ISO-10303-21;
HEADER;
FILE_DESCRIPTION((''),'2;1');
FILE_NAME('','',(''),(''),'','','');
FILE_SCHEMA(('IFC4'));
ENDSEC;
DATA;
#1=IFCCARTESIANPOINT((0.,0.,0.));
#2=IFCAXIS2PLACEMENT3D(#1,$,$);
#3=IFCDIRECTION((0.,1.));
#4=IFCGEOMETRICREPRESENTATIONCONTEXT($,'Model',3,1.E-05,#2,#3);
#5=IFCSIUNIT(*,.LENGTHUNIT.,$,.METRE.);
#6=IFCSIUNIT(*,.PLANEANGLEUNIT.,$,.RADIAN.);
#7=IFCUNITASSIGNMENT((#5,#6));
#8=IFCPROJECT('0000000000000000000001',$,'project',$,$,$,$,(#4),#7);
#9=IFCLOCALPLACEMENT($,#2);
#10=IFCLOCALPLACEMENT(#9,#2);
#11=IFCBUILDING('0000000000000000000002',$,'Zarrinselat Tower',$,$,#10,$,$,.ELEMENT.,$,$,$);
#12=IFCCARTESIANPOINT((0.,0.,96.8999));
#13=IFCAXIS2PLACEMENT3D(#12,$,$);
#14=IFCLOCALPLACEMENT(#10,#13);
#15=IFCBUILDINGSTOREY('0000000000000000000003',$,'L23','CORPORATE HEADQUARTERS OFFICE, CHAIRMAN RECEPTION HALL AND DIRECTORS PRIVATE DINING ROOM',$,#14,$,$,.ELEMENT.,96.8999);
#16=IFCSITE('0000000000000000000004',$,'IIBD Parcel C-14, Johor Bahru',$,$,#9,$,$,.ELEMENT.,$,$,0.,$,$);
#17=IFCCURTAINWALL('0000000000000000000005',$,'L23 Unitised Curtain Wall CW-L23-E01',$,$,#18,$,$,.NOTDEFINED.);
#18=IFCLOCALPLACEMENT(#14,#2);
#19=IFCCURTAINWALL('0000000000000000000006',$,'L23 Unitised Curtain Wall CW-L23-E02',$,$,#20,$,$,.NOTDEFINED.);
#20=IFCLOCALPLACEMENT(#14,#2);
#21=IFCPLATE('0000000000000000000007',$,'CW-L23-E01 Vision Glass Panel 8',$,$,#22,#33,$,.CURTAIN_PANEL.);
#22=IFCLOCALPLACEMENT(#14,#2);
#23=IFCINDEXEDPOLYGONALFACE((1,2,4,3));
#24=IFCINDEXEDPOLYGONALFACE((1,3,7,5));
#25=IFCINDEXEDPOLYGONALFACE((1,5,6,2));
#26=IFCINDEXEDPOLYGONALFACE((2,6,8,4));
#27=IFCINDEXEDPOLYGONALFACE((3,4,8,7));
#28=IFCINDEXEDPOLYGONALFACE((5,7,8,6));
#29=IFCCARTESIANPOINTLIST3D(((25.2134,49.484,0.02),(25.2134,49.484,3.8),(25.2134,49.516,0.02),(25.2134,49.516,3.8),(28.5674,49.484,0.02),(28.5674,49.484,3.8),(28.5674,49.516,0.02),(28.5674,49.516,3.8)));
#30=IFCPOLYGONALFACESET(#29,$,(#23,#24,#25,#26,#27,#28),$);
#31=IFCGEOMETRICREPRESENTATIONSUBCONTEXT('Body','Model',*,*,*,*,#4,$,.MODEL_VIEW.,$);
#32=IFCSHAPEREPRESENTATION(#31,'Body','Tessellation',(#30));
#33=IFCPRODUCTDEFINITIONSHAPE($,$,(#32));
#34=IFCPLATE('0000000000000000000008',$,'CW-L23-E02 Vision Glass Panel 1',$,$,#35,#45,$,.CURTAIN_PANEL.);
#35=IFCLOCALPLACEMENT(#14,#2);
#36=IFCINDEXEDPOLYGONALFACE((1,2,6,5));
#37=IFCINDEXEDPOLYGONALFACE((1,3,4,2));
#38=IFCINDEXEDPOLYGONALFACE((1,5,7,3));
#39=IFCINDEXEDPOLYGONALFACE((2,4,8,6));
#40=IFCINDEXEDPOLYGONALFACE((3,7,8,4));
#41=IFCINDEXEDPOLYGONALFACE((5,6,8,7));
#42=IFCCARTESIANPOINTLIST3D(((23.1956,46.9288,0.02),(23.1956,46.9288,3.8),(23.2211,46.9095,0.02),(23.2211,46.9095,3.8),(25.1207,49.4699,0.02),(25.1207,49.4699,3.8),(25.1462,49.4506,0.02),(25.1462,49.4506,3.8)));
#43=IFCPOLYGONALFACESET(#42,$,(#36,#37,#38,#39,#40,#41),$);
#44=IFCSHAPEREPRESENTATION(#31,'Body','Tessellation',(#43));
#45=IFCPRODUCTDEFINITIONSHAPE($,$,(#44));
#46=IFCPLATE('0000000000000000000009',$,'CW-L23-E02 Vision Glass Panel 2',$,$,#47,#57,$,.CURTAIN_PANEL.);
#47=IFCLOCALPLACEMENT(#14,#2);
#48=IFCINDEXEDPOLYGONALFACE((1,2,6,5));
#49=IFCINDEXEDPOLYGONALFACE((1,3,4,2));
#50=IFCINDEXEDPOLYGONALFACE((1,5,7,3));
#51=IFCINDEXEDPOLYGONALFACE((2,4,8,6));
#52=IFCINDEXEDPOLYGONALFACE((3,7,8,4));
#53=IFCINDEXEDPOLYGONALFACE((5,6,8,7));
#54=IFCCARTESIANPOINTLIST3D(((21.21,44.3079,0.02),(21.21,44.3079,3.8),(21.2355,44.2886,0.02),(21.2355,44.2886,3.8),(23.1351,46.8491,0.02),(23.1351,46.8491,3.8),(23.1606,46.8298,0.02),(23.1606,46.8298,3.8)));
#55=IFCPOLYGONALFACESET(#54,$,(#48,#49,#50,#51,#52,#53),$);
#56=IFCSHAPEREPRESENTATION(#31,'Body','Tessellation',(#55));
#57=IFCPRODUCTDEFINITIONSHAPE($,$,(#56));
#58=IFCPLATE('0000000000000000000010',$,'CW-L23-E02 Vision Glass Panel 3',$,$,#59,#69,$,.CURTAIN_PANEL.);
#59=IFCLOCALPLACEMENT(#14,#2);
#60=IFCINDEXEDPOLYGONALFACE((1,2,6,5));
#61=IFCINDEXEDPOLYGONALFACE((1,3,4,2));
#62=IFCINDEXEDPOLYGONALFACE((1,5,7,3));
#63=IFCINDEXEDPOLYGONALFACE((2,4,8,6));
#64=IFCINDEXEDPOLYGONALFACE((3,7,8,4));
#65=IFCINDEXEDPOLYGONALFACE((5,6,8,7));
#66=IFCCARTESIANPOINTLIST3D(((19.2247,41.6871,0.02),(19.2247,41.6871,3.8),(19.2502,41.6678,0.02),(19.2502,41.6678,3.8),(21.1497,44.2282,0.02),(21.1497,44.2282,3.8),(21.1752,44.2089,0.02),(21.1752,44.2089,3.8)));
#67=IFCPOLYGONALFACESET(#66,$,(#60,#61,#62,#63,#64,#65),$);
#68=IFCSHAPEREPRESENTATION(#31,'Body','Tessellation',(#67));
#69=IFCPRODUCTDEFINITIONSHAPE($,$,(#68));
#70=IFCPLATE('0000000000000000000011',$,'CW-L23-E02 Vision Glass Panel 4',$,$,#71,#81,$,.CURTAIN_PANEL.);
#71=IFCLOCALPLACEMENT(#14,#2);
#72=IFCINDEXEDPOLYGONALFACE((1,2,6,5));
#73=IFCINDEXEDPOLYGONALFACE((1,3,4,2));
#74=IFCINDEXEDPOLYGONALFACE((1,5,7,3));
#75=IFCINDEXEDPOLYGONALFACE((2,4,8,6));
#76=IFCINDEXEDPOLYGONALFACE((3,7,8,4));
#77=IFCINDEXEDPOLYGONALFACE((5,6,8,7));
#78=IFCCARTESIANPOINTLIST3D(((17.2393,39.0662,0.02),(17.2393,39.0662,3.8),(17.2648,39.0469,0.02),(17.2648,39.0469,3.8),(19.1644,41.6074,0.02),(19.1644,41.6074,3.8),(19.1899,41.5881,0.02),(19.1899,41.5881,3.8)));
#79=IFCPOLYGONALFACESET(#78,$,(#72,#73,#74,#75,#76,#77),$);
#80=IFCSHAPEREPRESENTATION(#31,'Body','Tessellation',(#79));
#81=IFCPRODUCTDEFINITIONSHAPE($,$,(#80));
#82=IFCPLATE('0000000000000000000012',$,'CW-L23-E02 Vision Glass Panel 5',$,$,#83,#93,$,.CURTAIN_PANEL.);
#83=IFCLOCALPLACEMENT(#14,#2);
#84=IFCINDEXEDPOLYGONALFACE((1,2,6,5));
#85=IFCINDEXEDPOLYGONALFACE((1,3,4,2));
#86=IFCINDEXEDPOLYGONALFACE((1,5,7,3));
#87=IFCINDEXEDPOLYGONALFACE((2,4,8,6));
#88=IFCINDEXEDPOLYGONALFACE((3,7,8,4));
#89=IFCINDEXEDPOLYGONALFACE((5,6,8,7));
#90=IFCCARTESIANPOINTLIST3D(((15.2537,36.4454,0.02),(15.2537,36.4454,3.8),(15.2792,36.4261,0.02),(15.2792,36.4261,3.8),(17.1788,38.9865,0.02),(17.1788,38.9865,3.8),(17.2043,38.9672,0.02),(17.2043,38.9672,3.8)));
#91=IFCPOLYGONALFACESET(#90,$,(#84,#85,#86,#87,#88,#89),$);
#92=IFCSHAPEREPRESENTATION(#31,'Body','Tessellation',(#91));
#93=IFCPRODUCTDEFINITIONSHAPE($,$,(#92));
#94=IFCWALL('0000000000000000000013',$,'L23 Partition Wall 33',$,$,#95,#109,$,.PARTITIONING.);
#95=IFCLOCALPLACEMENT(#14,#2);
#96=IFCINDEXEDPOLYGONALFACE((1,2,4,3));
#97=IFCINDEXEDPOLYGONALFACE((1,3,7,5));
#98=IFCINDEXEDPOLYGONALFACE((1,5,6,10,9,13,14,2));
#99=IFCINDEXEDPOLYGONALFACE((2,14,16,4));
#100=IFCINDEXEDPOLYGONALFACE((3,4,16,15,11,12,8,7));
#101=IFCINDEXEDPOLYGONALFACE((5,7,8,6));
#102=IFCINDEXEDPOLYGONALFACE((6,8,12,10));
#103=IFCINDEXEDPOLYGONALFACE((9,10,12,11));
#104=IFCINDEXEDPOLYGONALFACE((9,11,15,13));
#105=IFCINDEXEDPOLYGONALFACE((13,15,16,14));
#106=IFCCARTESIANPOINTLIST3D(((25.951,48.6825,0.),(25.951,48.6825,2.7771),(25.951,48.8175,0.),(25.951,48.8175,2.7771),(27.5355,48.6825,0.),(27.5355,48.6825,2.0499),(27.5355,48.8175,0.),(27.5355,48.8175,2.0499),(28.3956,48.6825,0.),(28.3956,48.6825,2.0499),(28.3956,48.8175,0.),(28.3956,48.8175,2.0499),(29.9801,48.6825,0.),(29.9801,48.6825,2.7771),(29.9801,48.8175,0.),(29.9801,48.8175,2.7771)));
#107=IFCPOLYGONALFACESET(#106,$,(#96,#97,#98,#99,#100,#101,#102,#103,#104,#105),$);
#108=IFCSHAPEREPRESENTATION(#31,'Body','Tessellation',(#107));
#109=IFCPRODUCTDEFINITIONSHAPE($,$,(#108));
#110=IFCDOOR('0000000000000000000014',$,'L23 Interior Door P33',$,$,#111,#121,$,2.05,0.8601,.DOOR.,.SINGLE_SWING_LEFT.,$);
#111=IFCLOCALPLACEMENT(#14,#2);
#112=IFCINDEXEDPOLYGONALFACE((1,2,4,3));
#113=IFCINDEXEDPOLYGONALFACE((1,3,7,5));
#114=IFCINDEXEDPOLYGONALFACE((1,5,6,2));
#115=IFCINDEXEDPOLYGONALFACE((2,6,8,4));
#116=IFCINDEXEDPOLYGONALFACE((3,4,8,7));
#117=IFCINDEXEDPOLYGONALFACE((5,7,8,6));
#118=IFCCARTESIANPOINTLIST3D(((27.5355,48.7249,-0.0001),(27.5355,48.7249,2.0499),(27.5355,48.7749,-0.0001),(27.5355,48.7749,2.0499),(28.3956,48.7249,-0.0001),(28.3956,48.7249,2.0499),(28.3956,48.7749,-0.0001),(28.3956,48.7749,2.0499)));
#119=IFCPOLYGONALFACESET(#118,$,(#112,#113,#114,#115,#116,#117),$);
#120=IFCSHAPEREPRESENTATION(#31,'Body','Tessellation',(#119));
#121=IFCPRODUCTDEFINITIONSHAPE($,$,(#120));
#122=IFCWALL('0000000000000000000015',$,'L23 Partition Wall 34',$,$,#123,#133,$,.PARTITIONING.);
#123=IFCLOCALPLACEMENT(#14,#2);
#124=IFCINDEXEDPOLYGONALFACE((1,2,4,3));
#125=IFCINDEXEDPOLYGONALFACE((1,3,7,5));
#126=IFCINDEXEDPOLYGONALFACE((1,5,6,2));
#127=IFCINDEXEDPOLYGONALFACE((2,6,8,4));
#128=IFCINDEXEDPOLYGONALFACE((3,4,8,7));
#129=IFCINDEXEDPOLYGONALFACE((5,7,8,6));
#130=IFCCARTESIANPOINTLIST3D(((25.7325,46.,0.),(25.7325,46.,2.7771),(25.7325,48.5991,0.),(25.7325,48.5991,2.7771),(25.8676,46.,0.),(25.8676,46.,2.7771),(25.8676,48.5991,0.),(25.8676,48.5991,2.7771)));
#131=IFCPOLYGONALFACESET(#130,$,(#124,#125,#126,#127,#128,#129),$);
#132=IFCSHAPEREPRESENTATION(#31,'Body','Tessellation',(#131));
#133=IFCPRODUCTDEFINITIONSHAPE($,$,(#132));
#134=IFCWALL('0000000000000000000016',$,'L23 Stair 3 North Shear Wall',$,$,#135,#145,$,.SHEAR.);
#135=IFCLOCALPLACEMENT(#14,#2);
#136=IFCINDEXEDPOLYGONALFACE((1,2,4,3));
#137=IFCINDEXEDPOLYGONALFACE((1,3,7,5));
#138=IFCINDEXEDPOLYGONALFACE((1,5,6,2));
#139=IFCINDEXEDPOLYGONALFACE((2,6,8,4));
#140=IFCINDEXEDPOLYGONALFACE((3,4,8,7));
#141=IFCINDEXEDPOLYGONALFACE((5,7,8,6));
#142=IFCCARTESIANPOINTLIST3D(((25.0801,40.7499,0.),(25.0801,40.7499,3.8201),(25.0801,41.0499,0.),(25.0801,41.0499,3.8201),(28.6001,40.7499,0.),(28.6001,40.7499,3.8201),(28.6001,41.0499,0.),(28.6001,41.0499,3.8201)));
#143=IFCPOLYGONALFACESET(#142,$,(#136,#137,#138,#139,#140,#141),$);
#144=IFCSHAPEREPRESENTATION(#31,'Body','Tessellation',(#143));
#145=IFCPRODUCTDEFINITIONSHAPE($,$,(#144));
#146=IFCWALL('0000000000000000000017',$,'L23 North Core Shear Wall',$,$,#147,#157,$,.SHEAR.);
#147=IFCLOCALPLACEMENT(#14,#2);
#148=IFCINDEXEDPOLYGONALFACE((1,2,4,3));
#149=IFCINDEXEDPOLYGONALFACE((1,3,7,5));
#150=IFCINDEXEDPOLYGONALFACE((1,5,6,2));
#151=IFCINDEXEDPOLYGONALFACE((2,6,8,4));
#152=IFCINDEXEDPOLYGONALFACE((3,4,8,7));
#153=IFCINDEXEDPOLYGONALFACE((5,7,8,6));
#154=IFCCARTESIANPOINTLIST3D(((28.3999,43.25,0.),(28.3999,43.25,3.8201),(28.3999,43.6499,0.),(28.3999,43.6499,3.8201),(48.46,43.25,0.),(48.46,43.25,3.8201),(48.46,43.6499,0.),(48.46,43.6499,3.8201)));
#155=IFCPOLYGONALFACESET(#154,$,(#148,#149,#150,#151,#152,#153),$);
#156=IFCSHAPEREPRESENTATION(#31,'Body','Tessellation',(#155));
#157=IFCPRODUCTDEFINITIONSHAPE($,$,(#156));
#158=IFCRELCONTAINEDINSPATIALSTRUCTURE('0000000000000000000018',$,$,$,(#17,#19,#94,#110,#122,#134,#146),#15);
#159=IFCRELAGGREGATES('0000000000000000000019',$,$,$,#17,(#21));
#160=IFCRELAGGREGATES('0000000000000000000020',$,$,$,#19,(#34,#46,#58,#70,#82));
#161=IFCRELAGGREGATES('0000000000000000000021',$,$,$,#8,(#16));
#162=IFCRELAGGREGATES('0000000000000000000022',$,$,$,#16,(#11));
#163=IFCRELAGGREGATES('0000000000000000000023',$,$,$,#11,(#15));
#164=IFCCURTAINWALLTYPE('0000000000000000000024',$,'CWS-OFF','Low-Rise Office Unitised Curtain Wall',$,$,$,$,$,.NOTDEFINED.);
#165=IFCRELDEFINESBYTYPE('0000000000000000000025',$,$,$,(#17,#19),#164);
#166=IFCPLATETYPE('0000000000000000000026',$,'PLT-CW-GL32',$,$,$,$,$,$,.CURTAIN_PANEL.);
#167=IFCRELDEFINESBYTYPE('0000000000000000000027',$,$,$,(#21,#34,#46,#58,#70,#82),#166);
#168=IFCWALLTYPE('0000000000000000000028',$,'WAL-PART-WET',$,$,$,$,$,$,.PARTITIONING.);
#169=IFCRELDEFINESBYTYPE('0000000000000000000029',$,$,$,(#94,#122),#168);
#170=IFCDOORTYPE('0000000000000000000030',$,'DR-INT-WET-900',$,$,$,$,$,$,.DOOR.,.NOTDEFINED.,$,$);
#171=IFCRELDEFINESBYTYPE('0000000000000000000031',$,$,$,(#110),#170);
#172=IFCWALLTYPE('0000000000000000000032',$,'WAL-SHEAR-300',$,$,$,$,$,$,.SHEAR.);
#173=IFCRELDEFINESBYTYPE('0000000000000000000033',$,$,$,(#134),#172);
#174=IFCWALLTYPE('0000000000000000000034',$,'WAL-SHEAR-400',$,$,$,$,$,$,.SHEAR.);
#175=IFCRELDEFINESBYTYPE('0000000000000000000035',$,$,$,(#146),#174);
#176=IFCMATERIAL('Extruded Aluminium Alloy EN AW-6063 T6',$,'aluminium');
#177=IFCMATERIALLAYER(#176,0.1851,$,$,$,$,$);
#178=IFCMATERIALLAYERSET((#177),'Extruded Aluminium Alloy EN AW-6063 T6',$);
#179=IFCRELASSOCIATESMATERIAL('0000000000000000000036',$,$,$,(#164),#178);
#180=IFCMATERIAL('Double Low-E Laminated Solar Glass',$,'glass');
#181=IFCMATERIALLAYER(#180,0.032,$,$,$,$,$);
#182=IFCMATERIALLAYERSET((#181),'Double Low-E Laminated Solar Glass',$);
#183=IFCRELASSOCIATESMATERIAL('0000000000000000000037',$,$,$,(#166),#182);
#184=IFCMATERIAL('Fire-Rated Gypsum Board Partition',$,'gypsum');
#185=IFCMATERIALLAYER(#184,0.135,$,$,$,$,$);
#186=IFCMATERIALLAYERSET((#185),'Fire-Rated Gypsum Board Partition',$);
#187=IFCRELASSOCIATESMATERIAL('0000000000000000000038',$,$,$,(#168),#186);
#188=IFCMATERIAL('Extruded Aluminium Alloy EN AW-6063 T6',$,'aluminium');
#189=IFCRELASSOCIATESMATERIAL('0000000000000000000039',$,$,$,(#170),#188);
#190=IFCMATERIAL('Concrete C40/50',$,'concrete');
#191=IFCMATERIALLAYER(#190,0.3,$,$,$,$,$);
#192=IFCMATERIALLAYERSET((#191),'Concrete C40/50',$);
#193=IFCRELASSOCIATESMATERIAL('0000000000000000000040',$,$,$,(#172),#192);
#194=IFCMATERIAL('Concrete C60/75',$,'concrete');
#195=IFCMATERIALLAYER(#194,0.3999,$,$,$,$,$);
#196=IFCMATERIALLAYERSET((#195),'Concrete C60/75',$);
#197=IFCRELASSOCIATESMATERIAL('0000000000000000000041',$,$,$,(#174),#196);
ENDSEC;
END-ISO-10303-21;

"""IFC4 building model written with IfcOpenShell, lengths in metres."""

from ifc_helpers import new_model, si_unit, direction, frame, frame_2d, origin, origin_2d, place, context, subcontext, project, spatial, rectangle, extrude, material, layer, layer_set, type_object, element, fill, aggregate, save


model = new_model("IFC4")

# Units and contexts
model_context = context("Model", 3, precision=1e-05, world=origin(), true_north=direction((0.0, 1.0)))
body_context = subcontext(model_context, "Body", "Model", "MODEL_VIEW")
ifc_project = project(units=[si_unit("LENGTHUNIT", "METRE"), si_unit("PLANEANGLEUNIT", "RADIAN")], contexts=[model_context])

# Site, building, storey
site_placement = place(None, origin())
site = spatial("IfcSite", under=ifc_project, at=site_placement, Name="IIBD Parcel C-14, Johor Bahru", CompositionType="ELEMENT", RefElevation=0.0)
building_placement = place(site_placement, origin())
building = spatial("IfcBuilding", under=site, at=building_placement, Name="Zarrinselat Tower", CompositionType="ELEMENT")
storey_placement = place(building_placement, frame((0.0, 0.0, 96.8999)))
storey = spatial("IfcBuildingStorey", under=building, at=storey_placement, Name="L23", Description="CORPORATE HEADQUARTERS OFFICE, CHAIRMAN RECEPTION HALL AND DIRECTORS PRIVATE DINING ROOM", CompositionType="ELEMENT", Elevation=96.8999)

# Curtain walls
ifc_material_1 = material(Name="Extruded Aluminium Alloy EN AW-6063 T6", Category="aluminium")
ifc_layer_1 = layer(ifc_material_1, 0.1851)
ifc_layer_set_1 = layer_set([ifc_layer_1], Name="Extruded Aluminium Alloy EN AW-6063 T6")
curtain_wall_type = type_object("IfcCurtainWallType", Name="CWS-OFF", Description="Low-Rise Office Unitised Curtain Wall", PredefinedType="NOTDEFINED", material=ifc_layer_set_1)
curtain_wall_1_placement = place(storey_placement, origin())
curtain_wall_1 = element("IfcCurtainWall", 1, at=curtain_wall_1_placement, inside=storey, type_object=curtain_wall_type, Name="L23 Unitised Curtain Wall CW-L23-E01", PredefinedType="NOTDEFINED")
curtain_wall_2_placement = place(storey_placement, origin())
curtain_wall_2 = element("IfcCurtainWall", 2, at=curtain_wall_2_placement, inside=storey, type_object=curtain_wall_type, Name="L23 Unitised Curtain Wall CW-L23-E02", PredefinedType="NOTDEFINED")

# Plates
ifc_material_2 = material(Name="Double Low-E Laminated Solar Glass", Category="glass")
ifc_layer_2 = layer(ifc_material_2, 0.032)
ifc_layer_set_2 = layer_set([ifc_layer_2], Name="Double Low-E Laminated Solar Glass")
plate_type = type_object("IfcPlateType", Name="PLT-CW-GL32", PredefinedType="CURTAIN_PANEL", material=ifc_layer_set_2)
plate_1_placement = place(storey_placement, frame((26.8904, 49.5, 0.02), z_axis=(0.0, 0.0, 1.0), x_axis=(-1.0, 0.0, 0.0)))
plate_1 = element("IfcPlate", 3, at=plate_1_placement, type_object=plate_type, Name="CW-L23-E01 Vision Glass Panel 8", PredefinedType="CURTAIN_PANEL", context=body_context, shape_type="SweptSolid", body=[
    extrude(rectangle(XDim=3.354, YDim=0.032, at=origin_2d()), origin(), (0.0, 0.0, 1.0), 3.78),
])
aggregate(curtain_wall_1, [plate_1])
plate_2_placement = place(storey_placement, frame((24.1709, 48.1897, 0.02), z_axis=(0.0, 0.0, 1.0), x_axis=(-0.603855, -0.797094, 0.0)))
plate_2 = element("IfcPlate", 4, at=plate_2_placement, type_object=plate_type, Name="CW-L23-E02 Vision Glass Panel 1", PredefinedType="CURTAIN_PANEL", context=body_context, shape_type="SweptSolid", body=[
    extrude(rectangle(XDim=3.188, YDim=0.032, at=origin_2d()), origin(), (0.0, 0.0, 1.0), 3.78),
])
plate_3_placement = place(storey_placement, frame((22.1853, 45.5688, 0.02), z_axis=(0.0, 0.0, 1.0), x_axis=(-0.603855, -0.797094, 0.0)))
plate_3 = element("IfcPlate", 5, at=plate_3_placement, type_object=plate_type, Name="CW-L23-E02 Vision Glass Panel 2", PredefinedType="CURTAIN_PANEL", context=body_context, shape_type="SweptSolid", body=[
    extrude(rectangle(XDim=3.188, YDim=0.032, at=origin_2d()), origin(), (0.0, 0.0, 1.0), 3.78),
])
plate_4_placement = place(storey_placement, frame((20.2, 42.948, 0.02), z_axis=(0.0, 0.0, 1.0), x_axis=(-0.603855, -0.797094, 0.0)))
plate_4 = element("IfcPlate", 6, at=plate_4_placement, type_object=plate_type, Name="CW-L23-E02 Vision Glass Panel 3", PredefinedType="CURTAIN_PANEL", context=body_context, shape_type="SweptSolid", body=[
    extrude(rectangle(XDim=3.188, YDim=0.032, at=origin_2d()), origin(), (0.0, 0.0, 1.0), 3.78),
])
plate_5_placement = place(storey_placement, frame((18.2146, 40.3271, 0.02), z_axis=(0.0, 0.0, 1.0), x_axis=(-0.603855, -0.797094, 0.0)))
plate_5 = element("IfcPlate", 7, at=plate_5_placement, type_object=plate_type, Name="CW-L23-E02 Vision Glass Panel 4", PredefinedType="CURTAIN_PANEL", context=body_context, shape_type="SweptSolid", body=[
    extrude(rectangle(XDim=3.188, YDim=0.032, at=origin_2d()), origin(), (0.0, 0.0, 1.0), 3.78),
])
plate_6_placement = place(storey_placement, frame((16.229, 37.7063, 0.02), z_axis=(0.0, 0.0, 1.0), x_axis=(-0.603855, -0.797094, 0.0)))
plate_6 = element("IfcPlate", 8, at=plate_6_placement, type_object=plate_type, Name="CW-L23-E02 Vision Glass Panel 5", PredefinedType="CURTAIN_PANEL", context=body_context, shape_type="SweptSolid", body=[
    extrude(rectangle(XDim=3.188, YDim=0.032, at=origin_2d()), origin(), (0.0, 0.0, 1.0), 3.78),
])
aggregate(curtain_wall_2, [plate_2, plate_3, plate_4, plate_5, plate_6])

# Wall, opening, door
ifc_material_3 = material(Name="Fire-Rated Gypsum Board Partition", Category="gypsum")
ifc_layer_3 = layer(ifc_material_3, 0.135)
ifc_layer_set_3 = layer_set([ifc_layer_3], Name="Fire-Rated Gypsum Board Partition")
wall_type_1 = type_object("IfcWallType", Name="WAL-PART-WET", PredefinedType="PARTITIONING", material=ifc_layer_set_3)
wall_1_placement = place(storey_placement, frame((25.9509, 48.75, 0.0), z_axis=(0.0, 0.0, 1.0), x_axis=(1.0, 0.0, 0.0)))
wall_1 = element("IfcWall", 9, at=wall_1_placement, inside=storey, type_object=wall_type_1, Name="L23 Partition Wall 33", PredefinedType="PARTITIONING", context=body_context, shape_type="SweptSolid", body=[
    extrude(rectangle(XDim=4.0291, YDim=0.135, at=frame_2d((2.0146, 0.0))), origin(), (0.0, 0.0, 1.0), 2.7771),
])
opening_placement = place(wall_1_placement, frame((1.5845, 0.0, 0.0)))
opening = element("IfcOpeningElement", 10, at=opening_placement, cuts=wall_1, PredefinedType="OPENING", context=body_context, shape_type="SweptSolid", body=[
    extrude(rectangle(XDim=0.8601, YDim=2.05, at=frame_2d((0.4302, 1.0249))), frame((0.0, 0.0774, 0.0), z_axis=(0.0, -1.0, 0.0), x_axis=(1.0, 0.0, 0.0)), (0.0, 0.0, 1.0), 0.155),
])
ifc_material_4 = material(Name="Extruded Aluminium Alloy EN AW-6063 T6", Category="aluminium")
door_type = type_object("IfcDoorType", Name="DR-INT-WET-900", OperationType="NOTDEFINED", PredefinedType="DOOR", material=ifc_material_4)
door_placement = place(opening_placement, origin())
door = element("IfcDoor", 11, at=door_placement, inside=storey, type_object=door_type, Name="L23 Interior Door P33", OperationType="SINGLE_SWING_LEFT", OverallHeight=2.05, OverallWidth=0.8601, PredefinedType="DOOR", context=body_context, shape_type="SweptSolid", body=[
    extrude(rectangle(XDim=0.8601, YDim=2.05, at=frame_2d((0.4302, 1.0249))), frame((0.0, 0.0249, 0.0), z_axis=(0.0, -1.0, 0.0), x_axis=(1.0, 0.0, 0.0)), (0.0, 0.0, 1.0), 0.05),
])
fill(opening, door)

# Walls
wall_2_placement = place(storey_placement, frame((25.8, 46.0, 0.0), z_axis=(0.0, 0.0, 1.0), x_axis=(0.0, 1.0, 0.0)))
element("IfcWall", 12, at=wall_2_placement, inside=storey, type_object=wall_type_1, Name="L23 Partition Wall 34", PredefinedType="PARTITIONING", context=body_context, shape_type="SweptSolid", body=[
    extrude(rectangle(XDim=2.5991, YDim=0.135, at=frame_2d((1.2996, 0.0))), origin(), (0.0, 0.0, 1.0), 2.7771),
])
ifc_material_5 = material(Name="Concrete C40/50", Category="concrete")
ifc_layer_4 = layer(ifc_material_5, 0.3)
ifc_layer_set_4 = layer_set([ifc_layer_4], Name="Concrete C40/50")
wall_type_2 = type_object("IfcWallType", Name="WAL-SHEAR-300", PredefinedType="SHEAR", material=ifc_layer_set_4)
wall_3_placement = place(storey_placement, frame((25.0801, 40.8999, 0.0), z_axis=(0.0, 0.0, 1.0), x_axis=(1.0, 0.0, 0.0)))
element("IfcWall", 13, at=wall_3_placement, inside=storey, type_object=wall_type_2, Name="L23 Stair 3 North Shear Wall", PredefinedType="SHEAR", context=body_context, shape_type="SweptSolid", body=[
    extrude(rectangle(XDim=3.52, YDim=0.3, at=frame_2d((1.76, 0.0))), origin(), (0.0, 0.0, 1.0), 3.8201),
])
ifc_material_6 = material(Name="Concrete C60/75", Category="concrete")
ifc_layer_5 = layer(ifc_material_6, 0.3999)
ifc_layer_set_5 = layer_set([ifc_layer_5], Name="Concrete C60/75")
wall_type_3 = type_object("IfcWallType", Name="WAL-SHEAR-400", PredefinedType="SHEAR", material=ifc_layer_set_5)
wall_4_placement = place(storey_placement, frame((28.3999, 43.45, 0.0), z_axis=(0.0, 0.0, 1.0), x_axis=(1.0, 0.0, 0.0)))
element("IfcWall", 14, at=wall_4_placement, inside=storey, type_object=wall_type_3, Name="L23 North Core Shear Wall", PredefinedType="SHEAR", context=body_context, shape_type="SweptSolid", body=[
    extrude(rectangle(XDim=20.0601, YDim=0.3999, at=frame_2d((10.03, 0.0))), origin(), (0.0, 0.0, 1.0), 3.8201),
])

save(model, "model.ifc")
